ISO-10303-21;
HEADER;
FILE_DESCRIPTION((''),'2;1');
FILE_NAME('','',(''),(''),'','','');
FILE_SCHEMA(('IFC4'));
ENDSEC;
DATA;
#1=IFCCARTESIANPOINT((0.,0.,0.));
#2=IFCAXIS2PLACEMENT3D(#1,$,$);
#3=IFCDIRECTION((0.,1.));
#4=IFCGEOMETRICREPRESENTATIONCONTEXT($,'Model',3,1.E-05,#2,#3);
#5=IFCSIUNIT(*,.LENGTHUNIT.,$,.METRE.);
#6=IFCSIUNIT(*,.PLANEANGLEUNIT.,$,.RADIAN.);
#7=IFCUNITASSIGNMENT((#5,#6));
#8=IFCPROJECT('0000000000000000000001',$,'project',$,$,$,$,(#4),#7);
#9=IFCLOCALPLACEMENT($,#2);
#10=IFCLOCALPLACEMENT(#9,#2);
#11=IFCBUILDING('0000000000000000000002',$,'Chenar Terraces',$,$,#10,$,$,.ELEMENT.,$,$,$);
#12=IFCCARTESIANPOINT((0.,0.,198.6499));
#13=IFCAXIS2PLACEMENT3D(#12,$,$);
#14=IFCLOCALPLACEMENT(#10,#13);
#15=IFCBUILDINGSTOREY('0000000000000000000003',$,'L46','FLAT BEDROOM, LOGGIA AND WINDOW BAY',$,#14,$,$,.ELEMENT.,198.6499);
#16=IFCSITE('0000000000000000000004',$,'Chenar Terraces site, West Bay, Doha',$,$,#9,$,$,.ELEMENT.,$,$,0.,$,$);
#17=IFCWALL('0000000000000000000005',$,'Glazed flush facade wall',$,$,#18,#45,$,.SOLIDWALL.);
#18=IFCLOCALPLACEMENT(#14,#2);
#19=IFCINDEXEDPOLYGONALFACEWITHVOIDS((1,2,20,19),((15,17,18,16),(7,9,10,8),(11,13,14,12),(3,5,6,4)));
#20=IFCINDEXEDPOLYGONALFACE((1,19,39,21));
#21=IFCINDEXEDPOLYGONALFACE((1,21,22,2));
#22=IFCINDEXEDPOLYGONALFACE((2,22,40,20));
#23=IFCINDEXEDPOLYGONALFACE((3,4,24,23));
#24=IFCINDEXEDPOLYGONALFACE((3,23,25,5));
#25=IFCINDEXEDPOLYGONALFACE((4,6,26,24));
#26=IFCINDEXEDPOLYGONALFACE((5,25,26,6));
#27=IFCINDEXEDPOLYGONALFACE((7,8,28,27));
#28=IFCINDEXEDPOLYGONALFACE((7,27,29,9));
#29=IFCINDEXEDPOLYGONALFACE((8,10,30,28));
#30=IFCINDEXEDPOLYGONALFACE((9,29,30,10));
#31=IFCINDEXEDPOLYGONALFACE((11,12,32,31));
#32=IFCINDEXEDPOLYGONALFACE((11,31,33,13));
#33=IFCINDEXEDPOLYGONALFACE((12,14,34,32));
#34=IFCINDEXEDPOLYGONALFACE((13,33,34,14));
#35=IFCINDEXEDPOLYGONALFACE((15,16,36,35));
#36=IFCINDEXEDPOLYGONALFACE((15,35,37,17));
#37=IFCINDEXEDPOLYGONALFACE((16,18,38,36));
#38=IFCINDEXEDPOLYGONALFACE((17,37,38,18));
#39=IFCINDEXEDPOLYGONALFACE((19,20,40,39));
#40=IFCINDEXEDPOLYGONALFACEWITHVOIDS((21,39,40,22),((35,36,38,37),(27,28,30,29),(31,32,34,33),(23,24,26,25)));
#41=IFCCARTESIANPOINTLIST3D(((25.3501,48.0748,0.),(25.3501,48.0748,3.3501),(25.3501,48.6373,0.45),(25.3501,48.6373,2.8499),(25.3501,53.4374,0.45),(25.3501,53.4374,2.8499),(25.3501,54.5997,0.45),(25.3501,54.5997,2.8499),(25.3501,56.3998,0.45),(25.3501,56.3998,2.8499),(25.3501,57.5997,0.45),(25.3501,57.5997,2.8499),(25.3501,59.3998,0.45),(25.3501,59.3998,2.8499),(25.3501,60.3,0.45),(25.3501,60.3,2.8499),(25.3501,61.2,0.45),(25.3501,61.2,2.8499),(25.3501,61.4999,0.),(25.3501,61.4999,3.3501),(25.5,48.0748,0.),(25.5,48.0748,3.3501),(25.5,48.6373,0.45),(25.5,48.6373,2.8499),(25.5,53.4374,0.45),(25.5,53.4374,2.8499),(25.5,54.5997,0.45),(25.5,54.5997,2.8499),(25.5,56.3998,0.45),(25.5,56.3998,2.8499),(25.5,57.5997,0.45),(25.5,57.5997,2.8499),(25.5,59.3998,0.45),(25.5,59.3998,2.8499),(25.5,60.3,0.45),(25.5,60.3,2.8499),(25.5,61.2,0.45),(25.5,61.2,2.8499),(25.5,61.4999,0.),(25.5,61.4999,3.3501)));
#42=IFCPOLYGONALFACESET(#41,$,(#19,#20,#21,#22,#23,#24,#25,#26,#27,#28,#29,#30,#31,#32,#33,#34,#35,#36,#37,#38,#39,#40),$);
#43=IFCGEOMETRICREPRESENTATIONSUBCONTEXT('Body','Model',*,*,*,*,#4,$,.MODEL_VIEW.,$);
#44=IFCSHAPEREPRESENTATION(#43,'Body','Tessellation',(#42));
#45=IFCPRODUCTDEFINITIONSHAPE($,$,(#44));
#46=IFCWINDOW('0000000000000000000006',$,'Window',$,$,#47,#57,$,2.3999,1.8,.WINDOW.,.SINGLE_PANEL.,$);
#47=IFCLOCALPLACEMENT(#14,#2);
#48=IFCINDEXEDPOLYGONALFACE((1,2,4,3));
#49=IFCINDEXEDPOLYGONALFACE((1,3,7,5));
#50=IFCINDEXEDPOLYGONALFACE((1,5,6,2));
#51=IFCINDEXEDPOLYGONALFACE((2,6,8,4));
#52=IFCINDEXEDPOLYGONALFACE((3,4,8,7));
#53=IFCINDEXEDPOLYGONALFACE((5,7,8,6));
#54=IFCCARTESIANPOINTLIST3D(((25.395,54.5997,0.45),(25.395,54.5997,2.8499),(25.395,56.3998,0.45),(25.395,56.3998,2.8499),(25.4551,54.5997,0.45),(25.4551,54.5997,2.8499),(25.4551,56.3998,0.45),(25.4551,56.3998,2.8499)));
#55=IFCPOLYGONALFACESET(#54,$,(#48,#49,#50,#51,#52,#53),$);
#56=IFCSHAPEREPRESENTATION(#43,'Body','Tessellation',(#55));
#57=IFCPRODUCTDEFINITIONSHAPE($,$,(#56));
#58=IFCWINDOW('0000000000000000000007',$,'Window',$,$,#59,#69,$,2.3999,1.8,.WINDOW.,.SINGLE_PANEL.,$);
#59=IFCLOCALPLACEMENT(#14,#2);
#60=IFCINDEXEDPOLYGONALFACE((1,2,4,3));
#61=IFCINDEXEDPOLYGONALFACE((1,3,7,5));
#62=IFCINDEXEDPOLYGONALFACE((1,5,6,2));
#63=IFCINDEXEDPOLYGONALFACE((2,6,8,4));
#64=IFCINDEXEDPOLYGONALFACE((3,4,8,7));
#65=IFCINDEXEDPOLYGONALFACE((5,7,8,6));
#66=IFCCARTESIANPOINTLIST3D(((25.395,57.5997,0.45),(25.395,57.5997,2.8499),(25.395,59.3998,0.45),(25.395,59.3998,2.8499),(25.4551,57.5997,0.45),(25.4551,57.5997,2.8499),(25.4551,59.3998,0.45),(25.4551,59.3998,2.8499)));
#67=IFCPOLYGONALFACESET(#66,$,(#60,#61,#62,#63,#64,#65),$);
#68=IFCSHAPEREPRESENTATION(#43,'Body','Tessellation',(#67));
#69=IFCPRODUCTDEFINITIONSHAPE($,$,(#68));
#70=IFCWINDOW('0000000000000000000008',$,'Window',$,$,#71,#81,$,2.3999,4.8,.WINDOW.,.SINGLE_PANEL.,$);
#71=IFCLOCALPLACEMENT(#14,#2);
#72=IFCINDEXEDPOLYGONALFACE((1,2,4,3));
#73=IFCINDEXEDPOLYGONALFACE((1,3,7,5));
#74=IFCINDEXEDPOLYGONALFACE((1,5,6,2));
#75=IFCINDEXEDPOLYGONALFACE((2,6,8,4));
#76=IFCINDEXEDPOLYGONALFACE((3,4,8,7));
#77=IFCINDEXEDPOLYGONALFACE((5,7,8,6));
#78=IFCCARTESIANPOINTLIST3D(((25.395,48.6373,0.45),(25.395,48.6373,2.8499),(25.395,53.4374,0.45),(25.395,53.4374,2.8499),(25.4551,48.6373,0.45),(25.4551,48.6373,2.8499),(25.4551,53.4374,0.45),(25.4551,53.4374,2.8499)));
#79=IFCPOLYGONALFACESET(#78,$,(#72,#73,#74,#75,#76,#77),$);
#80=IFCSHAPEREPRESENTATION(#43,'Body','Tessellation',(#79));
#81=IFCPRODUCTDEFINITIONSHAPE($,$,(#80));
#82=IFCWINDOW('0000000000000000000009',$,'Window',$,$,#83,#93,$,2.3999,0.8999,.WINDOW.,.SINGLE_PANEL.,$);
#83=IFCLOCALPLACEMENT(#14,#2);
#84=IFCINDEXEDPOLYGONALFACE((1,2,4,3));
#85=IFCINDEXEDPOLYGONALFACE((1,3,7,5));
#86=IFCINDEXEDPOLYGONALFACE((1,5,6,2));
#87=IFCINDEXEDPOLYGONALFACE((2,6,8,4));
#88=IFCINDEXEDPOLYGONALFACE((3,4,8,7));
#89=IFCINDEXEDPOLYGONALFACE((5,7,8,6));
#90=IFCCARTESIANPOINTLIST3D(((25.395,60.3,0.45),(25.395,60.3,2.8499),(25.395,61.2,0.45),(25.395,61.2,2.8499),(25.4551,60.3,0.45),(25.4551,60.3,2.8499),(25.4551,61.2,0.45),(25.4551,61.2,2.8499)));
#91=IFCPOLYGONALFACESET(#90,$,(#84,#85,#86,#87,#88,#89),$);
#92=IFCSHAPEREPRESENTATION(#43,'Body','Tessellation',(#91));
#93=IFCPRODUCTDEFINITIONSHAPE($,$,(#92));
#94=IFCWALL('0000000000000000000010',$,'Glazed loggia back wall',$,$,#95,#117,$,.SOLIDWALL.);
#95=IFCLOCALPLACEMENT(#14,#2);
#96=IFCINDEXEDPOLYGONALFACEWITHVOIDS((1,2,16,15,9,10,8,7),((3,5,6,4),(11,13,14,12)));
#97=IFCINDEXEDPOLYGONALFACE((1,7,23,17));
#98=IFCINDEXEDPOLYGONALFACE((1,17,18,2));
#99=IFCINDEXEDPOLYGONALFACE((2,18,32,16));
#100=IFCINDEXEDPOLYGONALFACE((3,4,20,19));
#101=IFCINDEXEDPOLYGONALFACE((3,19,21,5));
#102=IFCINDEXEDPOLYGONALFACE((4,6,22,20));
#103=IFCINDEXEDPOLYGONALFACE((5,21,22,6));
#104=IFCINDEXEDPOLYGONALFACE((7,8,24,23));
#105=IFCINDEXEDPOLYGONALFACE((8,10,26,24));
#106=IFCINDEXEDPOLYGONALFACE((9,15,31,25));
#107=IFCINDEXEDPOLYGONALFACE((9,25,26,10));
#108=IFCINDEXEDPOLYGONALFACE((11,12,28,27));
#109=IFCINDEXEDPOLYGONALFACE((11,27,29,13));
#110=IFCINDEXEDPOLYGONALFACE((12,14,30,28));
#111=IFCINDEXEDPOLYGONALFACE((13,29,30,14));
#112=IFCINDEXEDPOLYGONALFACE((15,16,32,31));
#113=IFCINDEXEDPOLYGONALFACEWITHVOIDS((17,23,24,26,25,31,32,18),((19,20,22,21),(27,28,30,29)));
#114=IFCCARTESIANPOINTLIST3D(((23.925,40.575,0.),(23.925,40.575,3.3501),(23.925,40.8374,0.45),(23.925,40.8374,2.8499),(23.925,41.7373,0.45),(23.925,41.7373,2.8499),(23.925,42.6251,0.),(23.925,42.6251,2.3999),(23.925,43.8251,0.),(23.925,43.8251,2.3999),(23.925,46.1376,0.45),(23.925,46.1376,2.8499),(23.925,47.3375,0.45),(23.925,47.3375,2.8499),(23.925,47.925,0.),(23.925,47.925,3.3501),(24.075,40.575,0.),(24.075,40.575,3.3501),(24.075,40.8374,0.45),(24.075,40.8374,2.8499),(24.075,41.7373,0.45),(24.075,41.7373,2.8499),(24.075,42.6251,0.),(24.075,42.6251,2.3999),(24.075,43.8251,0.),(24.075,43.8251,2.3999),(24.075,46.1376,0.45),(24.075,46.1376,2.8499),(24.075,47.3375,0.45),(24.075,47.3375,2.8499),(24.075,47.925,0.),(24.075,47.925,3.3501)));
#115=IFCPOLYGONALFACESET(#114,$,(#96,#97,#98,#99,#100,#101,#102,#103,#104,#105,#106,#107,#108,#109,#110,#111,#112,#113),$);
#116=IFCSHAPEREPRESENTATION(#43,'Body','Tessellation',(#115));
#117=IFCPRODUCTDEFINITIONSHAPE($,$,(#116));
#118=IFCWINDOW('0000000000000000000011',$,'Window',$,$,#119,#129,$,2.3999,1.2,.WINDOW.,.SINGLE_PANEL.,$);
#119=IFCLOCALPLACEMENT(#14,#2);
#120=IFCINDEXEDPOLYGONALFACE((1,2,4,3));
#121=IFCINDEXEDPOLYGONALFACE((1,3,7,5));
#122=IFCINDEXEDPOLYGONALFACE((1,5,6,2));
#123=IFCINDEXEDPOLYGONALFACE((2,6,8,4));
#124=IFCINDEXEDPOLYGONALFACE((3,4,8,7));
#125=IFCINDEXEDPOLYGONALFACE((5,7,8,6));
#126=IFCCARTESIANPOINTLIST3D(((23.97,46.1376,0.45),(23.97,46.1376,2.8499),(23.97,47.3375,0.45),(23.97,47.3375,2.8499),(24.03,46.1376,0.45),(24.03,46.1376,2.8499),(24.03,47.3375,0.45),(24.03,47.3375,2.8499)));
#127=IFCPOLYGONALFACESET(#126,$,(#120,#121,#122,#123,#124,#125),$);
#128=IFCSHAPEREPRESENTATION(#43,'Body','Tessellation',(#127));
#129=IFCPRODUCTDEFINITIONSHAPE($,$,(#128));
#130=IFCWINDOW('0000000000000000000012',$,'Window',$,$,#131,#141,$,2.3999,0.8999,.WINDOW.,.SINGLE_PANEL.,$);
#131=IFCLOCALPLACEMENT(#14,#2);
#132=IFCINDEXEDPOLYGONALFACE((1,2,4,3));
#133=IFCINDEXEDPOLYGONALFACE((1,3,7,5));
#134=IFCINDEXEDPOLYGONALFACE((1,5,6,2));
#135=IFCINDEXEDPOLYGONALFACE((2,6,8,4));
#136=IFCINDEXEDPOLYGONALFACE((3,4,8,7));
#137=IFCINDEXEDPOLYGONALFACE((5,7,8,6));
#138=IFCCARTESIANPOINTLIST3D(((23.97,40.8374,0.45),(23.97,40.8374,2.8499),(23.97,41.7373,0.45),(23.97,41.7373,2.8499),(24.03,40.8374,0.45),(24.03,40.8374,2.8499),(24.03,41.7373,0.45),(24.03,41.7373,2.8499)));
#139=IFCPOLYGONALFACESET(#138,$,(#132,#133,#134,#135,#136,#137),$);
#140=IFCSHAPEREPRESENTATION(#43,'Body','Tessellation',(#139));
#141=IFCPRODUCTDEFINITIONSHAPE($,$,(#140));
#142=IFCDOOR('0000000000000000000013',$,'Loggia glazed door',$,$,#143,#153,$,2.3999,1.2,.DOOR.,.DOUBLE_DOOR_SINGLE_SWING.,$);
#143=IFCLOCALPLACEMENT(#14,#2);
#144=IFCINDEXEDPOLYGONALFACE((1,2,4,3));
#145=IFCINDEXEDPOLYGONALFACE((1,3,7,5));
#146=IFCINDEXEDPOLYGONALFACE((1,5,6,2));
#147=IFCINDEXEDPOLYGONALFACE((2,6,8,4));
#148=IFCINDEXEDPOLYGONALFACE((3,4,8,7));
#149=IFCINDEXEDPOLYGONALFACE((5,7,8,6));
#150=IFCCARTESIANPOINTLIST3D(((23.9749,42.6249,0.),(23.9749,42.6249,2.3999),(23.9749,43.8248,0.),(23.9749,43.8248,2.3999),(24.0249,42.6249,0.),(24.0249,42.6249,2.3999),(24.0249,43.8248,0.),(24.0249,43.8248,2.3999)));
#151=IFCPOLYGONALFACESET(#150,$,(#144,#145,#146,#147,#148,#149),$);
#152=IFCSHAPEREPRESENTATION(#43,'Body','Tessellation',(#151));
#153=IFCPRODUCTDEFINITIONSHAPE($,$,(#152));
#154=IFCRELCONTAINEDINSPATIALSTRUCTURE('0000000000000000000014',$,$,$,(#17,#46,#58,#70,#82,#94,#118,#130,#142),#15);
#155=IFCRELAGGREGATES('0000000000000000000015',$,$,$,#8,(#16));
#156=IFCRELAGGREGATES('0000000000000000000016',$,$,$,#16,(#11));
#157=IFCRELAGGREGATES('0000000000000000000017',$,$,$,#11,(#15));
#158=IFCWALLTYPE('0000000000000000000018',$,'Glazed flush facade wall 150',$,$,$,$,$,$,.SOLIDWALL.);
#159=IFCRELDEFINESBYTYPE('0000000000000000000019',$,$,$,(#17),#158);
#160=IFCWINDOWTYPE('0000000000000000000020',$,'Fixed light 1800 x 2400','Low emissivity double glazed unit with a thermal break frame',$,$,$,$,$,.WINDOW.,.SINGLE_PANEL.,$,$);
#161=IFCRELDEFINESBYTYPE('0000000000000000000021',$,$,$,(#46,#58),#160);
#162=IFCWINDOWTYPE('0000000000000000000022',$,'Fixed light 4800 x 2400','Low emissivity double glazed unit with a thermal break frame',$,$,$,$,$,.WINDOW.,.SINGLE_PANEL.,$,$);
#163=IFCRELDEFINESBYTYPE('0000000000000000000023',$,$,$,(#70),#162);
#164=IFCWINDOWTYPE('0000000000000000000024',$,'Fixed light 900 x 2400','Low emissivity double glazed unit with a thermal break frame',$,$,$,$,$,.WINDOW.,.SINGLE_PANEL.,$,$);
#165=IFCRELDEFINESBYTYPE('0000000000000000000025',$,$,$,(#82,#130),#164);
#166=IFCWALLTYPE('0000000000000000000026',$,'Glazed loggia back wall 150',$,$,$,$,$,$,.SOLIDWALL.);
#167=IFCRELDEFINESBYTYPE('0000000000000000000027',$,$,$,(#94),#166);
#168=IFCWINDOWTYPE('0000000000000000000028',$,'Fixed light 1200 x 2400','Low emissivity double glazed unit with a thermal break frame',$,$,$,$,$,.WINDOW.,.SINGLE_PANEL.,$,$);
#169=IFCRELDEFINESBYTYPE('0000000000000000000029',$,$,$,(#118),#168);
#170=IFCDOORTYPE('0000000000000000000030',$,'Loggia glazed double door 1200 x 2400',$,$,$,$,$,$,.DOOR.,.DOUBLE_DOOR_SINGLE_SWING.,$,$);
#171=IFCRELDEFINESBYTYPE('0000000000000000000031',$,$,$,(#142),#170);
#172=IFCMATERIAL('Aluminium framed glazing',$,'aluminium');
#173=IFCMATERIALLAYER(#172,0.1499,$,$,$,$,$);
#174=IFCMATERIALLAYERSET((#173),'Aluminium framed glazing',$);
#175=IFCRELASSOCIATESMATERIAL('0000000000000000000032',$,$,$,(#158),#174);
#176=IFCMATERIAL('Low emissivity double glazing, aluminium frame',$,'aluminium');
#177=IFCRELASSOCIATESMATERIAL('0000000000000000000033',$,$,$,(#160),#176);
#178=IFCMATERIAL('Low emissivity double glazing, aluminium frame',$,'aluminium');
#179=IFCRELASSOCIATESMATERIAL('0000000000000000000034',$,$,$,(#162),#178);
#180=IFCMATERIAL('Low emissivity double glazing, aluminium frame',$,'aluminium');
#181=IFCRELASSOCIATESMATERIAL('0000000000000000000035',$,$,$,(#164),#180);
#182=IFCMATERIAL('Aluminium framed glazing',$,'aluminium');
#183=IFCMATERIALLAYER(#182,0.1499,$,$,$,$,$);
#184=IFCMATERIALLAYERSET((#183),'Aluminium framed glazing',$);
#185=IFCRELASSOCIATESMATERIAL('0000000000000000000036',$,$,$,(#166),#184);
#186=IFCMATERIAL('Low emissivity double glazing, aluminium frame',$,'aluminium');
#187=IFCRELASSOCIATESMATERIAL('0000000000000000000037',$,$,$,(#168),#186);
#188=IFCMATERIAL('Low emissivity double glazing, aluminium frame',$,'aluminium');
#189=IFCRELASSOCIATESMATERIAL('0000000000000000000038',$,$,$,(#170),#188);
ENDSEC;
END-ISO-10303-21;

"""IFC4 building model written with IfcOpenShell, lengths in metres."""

from ifc_helpers import new_model, si_unit, direction, frame, frame_2d, origin, place, context, subcontext, project, spatial, rectangle, extrude, material, layer, layer_set, type_object, element, fill, save


model = new_model("IFC4")

# Units and contexts
model_context = context("Model", 3, precision=1e-05, world=origin(), true_north=direction((0.0, 1.0)))
body_context = subcontext(model_context, "Body", "Model", "MODEL_VIEW")
ifc_project = project(units=[si_unit("LENGTHUNIT", "METRE"), si_unit("PLANEANGLEUNIT", "RADIAN")], contexts=[model_context])

# Site, building, storey
site_placement = place(None, origin())
site = spatial("IfcSite", under=ifc_project, at=site_placement, Name="Chenar Terraces site, West Bay, Doha", CompositionType="ELEMENT", RefElevation=0.0)
building_placement = place(site_placement, origin())
building = spatial("IfcBuilding", under=site, at=building_placement, Name="Chenar Terraces", CompositionType="ELEMENT")
storey_placement = place(building_placement, frame((0.0, 0.0, 198.6499)))
storey = spatial("IfcBuildingStorey", under=building, at=storey_placement, Name="L46", Description="FLAT BEDROOM, LOGGIA AND WINDOW BAY", CompositionType="ELEMENT", Elevation=198.6499)

# Wall, openings, windows
ifc_material_1 = material(Name="Aluminium framed glazing", Category="aluminium")
ifc_layer_1 = layer(ifc_material_1, 0.1499)
ifc_layer_set_1 = layer_set([ifc_layer_1], Name="Aluminium framed glazing")
wall_type_1 = type_object("IfcWallType", Name="Glazed flush facade wall 150", PredefinedType="SOLIDWALL", material=ifc_layer_set_1)
wall_1_placement = place(storey_placement, frame((25.425, 48.075, 0.0), z_axis=(0.0, 0.0, 1.0), x_axis=(0.0, 1.0, 0.0)))
wall_1 = element("IfcWall", 1, at=wall_1_placement, inside=storey, type_object=wall_type_1, Name="Glazed flush facade wall", PredefinedType="SOLIDWALL", context=body_context, shape_type="SweptSolid", body=[
    extrude(rectangle(XDim=13.425, YDim=0.1499, at=frame_2d((6.7124, 0.0))), origin(), (0.0, 0.0, 1.0), 3.3501),
])
opening_1_placement = place(wall_1_placement, frame((0.5625, 0.0, 0.45)))
opening_1 = element("IfcOpeningElement", 2, at=opening_1_placement, cuts=wall_1, PredefinedType="OPENING", context=body_context, shape_type="SweptSolid", body=[
    extrude(rectangle(XDim=4.8, YDim=2.3999, at=frame_2d((2.3999, 1.2))), frame((0.0, 0.085, 0.0), z_axis=(0.0, -1.0, 0.0), x_axis=(1.0, 0.0, 0.0)), (0.0, 0.0, 1.0), 0.1699),
])
opening_2_placement = place(wall_1_placement, frame((6.5249, 0.0, 0.45)))
opening_2 = element("IfcOpeningElement", 3, at=opening_2_placement, cuts=wall_1, PredefinedType="OPENING", context=body_context, shape_type="SweptSolid", body=[
    extrude(rectangle(XDim=1.8, YDim=2.3999, at=frame_2d((0.8999, 1.2))), frame((0.0, 0.085, 0.0), z_axis=(0.0, -1.0, 0.0), x_axis=(1.0, 0.0, 0.0)), (0.0, 0.0, 1.0), 0.1699),
])
opening_3_placement = place(wall_1_placement, frame((9.5249, 0.0, 0.45)))
opening_3 = element("IfcOpeningElement", 4, at=opening_3_placement, cuts=wall_1, PredefinedType="OPENING", context=body_context, shape_type="SweptSolid", body=[
    extrude(rectangle(XDim=1.8, YDim=2.3999, at=frame_2d((0.8999, 1.2))), frame((0.0, 0.085, 0.0), z_axis=(0.0, -1.0, 0.0), x_axis=(1.0, 0.0, 0.0)), (0.0, 0.0, 1.0), 0.1699),
])
opening_4_placement = place(wall_1_placement, frame((12.2251, 0.0, 0.45)))
opening_4 = element("IfcOpeningElement", 5, at=opening_4_placement, cuts=wall_1, PredefinedType="OPENING", context=body_context, shape_type="SweptSolid", body=[
    extrude(rectangle(XDim=0.8999, YDim=2.3999, at=frame_2d((0.45, 1.2))), frame((0.0, 0.085, 0.0), z_axis=(0.0, -1.0, 0.0), x_axis=(1.0, 0.0, 0.0)), (0.0, 0.0, 1.0), 0.1699),
])
ifc_material_2 = material(Name="Low emissivity double glazing, aluminium frame", Category="aluminium")
window_type_1 = type_object("IfcWindowType", Name="Fixed light 1800 x 2400", Description="Low emissivity double glazed unit with a thermal break frame", PartitioningType="SINGLE_PANEL", PredefinedType="WINDOW", material=ifc_material_2)
window_1_placement = place(opening_2_placement, origin())
window_1 = element("IfcWindow", 6, at=window_1_placement, inside=storey, type_object=window_type_1, Name="Window", OverallHeight=2.3999, OverallWidth=1.8, PartitioningType="SINGLE_PANEL", PredefinedType="WINDOW", context=body_context, shape_type="SweptSolid", body=[
    extrude(rectangle(XDim=1.8, YDim=2.3999, at=frame_2d((0.8999, 1.2))), frame((0.0, 0.03, 0.0), z_axis=(0.0, -1.0, 0.0), x_axis=(1.0, 0.0, 0.0)), (0.0, 0.0, 1.0), 0.0601),
])
fill(opening_2, window_1)
window_2_placement = place(opening_3_placement, origin())
window_2 = element("IfcWindow", 7, at=window_2_placement, inside=storey, type_object=window_type_1, Name="Window", OverallHeight=2.3999, OverallWidth=1.8, PartitioningType="SINGLE_PANEL", PredefinedType="WINDOW", context=body_context, shape_type="SweptSolid", body=[
    extrude(rectangle(XDim=1.8, YDim=2.3999, at=frame_2d((0.8999, 1.2))), frame((0.0, 0.03, 0.0), z_axis=(0.0, -1.0, 0.0), x_axis=(1.0, 0.0, 0.0)), (0.0, 0.0, 1.0), 0.0601),
])
fill(opening_3, window_2)
ifc_material_3 = material(Name="Low emissivity double glazing, aluminium frame", Category="aluminium")
window_type_2 = type_object("IfcWindowType", Name="Fixed light 4800 x 2400", Description="Low emissivity double glazed unit with a thermal break frame", PartitioningType="SINGLE_PANEL", PredefinedType="WINDOW", material=ifc_material_3)
window_3_placement = place(opening_1_placement, origin())
window_3 = element("IfcWindow", 8, at=window_3_placement, inside=storey, type_object=window_type_2, Name="Window", OverallHeight=2.3999, OverallWidth=4.8, PartitioningType="SINGLE_PANEL", PredefinedType="WINDOW", context=body_context, shape_type="SweptSolid", body=[
    extrude(rectangle(XDim=4.8, YDim=2.3999, at=frame_2d((2.3999, 1.2))), frame((0.0, 0.03, 0.0), z_axis=(0.0, -1.0, 0.0), x_axis=(1.0, 0.0, 0.0)), (0.0, 0.0, 1.0), 0.0601),
])
fill(opening_1, window_3)
ifc_material_4 = material(Name="Low emissivity double glazing, aluminium frame", Category="aluminium")
window_type_3 = type_object("IfcWindowType", Name="Fixed light 900 x 2400", Description="Low emissivity double glazed unit with a thermal break frame", PartitioningType="SINGLE_PANEL", PredefinedType="WINDOW", material=ifc_material_4)
window_4_placement = place(opening_4_placement, origin())
window_4 = element("IfcWindow", 9, at=window_4_placement, inside=storey, type_object=window_type_3, Name="Window", OverallHeight=2.3999, OverallWidth=0.8999, PartitioningType="SINGLE_PANEL", PredefinedType="WINDOW", context=body_context, shape_type="SweptSolid", body=[
    extrude(rectangle(XDim=0.8999, YDim=2.3999, at=frame_2d((0.45, 1.2))), frame((0.0, 0.03, 0.0), z_axis=(0.0, -1.0, 0.0), x_axis=(1.0, 0.0, 0.0)), (0.0, 0.0, 1.0), 0.0601),
])
fill(opening_4, window_4)

# Wall, openings, windows, door
ifc_material_5 = material(Name="Aluminium framed glazing", Category="aluminium")
ifc_layer_2 = layer(ifc_material_5, 0.1499)
ifc_layer_set_2 = layer_set([ifc_layer_2], Name="Aluminium framed glazing")
wall_type_2 = type_object("IfcWallType", Name="Glazed loggia back wall 150", PredefinedType="SOLIDWALL", material=ifc_layer_set_2)
wall_2_placement = place(storey_placement, frame((24.0, 40.575, 0.0), z_axis=(0.0, 0.0, 1.0), x_axis=(0.0, 1.0, 0.0)))
wall_2 = element("IfcWall", 10, at=wall_2_placement, inside=storey, type_object=wall_type_2, Name="Glazed loggia back wall", PredefinedType="SOLIDWALL", context=body_context, shape_type="SweptSolid", body=[
    extrude(rectangle(XDim=7.3501, YDim=0.1499, at=frame_2d((3.675, 0.0))), origin(), (0.0, 0.0, 1.0), 3.3501),
])
opening_5_placement = place(wall_2_placement, frame((0.2625, 0.0, 0.45)))
opening_5 = element("IfcOpeningElement", 11, at=opening_5_placement, cuts=wall_2, PredefinedType="OPENING", context=body_context, shape_type="SweptSolid", body=[
    extrude(rectangle(XDim=0.8999, YDim=2.3999, at=frame_2d((0.45, 1.2))), frame((0.0, 0.085, 0.0), z_axis=(0.0, -1.0, 0.0), x_axis=(1.0, 0.0, 0.0)), (0.0, 0.0, 1.0), 0.1699),
])
opening_6_placement = place(wall_2_placement, frame((2.05, 0.0, 0.0)))
opening_6 = element("IfcOpeningElement", 12, at=opening_6_placement, cuts=wall_2, PredefinedType="OPENING", context=body_context, shape_type="SweptSolid", body=[
    extrude(rectangle(XDim=1.2, YDim=2.3999, at=frame_2d((0.6001, 1.2))), frame((0.0, 0.085, 0.0), z_axis=(0.0, -1.0, 0.0), x_axis=(1.0, 0.0, 0.0)), (0.0, 0.0, 1.0), 0.1699),
])
opening_7_placement = place(wall_2_placement, frame((5.5625, 0.0, 0.45)))
opening_7 = element("IfcOpeningElement", 13, at=opening_7_placement, cuts=wall_2, PredefinedType="OPENING", context=body_context, shape_type="SweptSolid", body=[
    extrude(rectangle(XDim=1.2, YDim=2.3999, at=frame_2d((0.6001, 1.2))), frame((0.0, 0.085, 0.0), z_axis=(0.0, -1.0, 0.0), x_axis=(1.0, 0.0, 0.0)), (0.0, 0.0, 1.0), 0.1699),
])
ifc_material_6 = material(Name="Low emissivity double glazing, aluminium frame", Category="aluminium")
window_type_4 = type_object("IfcWindowType", Name="Fixed light 1200 x 2400", Description="Low emissivity double glazed unit with a thermal break frame", PartitioningType="SINGLE_PANEL", PredefinedType="WINDOW", material=ifc_material_6)
window_5_placement = place(opening_7_placement, origin())
window_5 = element("IfcWindow", 14, at=window_5_placement, inside=storey, type_object=window_type_4, Name="Window", OverallHeight=2.3999, OverallWidth=1.2, PartitioningType="SINGLE_PANEL", PredefinedType="WINDOW", context=body_context, shape_type="SweptSolid", body=[
    extrude(rectangle(XDim=1.2, YDim=2.3999, at=frame_2d((0.6001, 1.2))), frame((0.0, 0.03, 0.0), z_axis=(0.0, -1.0, 0.0), x_axis=(1.0, 0.0, 0.0)), (0.0, 0.0, 1.0), 0.0601),
])
fill(opening_7, window_5)
window_6_placement = place(opening_5_placement, origin())
window_6 = element("IfcWindow", 15, at=window_6_placement, inside=storey, type_object=window_type_3, Name="Window", OverallHeight=2.3999, OverallWidth=0.8999, PartitioningType="SINGLE_PANEL", PredefinedType="WINDOW", context=body_context, shape_type="SweptSolid", body=[
    extrude(rectangle(XDim=0.8999, YDim=2.3999, at=frame_2d((0.45, 1.2))), frame((0.0, 0.03, 0.0), z_axis=(0.0, -1.0, 0.0), x_axis=(1.0, 0.0, 0.0)), (0.0, 0.0, 1.0), 0.0601),
])
fill(opening_5, window_6)
ifc_material_7 = material(Name="Low emissivity double glazing, aluminium frame", Category="aluminium")
door_type = type_object("IfcDoorType", Name="Loggia glazed double door 1200 x 2400", OperationType="DOUBLE_DOOR_SINGLE_SWING", PredefinedType="DOOR", material=ifc_material_7)
door_placement = place(opening_6_placement, frame((1.2, 0.0, 0.0), z_axis=(0.0, 0.0, 1.0), x_axis=(-1.0, 0.0, 0.0)))
door = element("IfcDoor", 16, at=door_placement, inside=storey, type_object=door_type, Name="Loggia glazed door", OperationType="DOUBLE_DOOR_SINGLE_SWING", OverallHeight=2.3999, OverallWidth=1.2, PredefinedType="DOOR", context=body_context, shape_type="SweptSolid", body=[
    extrude(rectangle(XDim=1.2, YDim=2.3999, at=frame_2d((0.6001, 1.2))), frame((0.0, 0.0249, 0.0), z_axis=(0.0, -1.0, 0.0), x_axis=(1.0, 0.0, 0.0)), (0.0, 0.0, 1.0), 0.05),
])
fill(opening_6, door)

save(model, "model.ifc")
